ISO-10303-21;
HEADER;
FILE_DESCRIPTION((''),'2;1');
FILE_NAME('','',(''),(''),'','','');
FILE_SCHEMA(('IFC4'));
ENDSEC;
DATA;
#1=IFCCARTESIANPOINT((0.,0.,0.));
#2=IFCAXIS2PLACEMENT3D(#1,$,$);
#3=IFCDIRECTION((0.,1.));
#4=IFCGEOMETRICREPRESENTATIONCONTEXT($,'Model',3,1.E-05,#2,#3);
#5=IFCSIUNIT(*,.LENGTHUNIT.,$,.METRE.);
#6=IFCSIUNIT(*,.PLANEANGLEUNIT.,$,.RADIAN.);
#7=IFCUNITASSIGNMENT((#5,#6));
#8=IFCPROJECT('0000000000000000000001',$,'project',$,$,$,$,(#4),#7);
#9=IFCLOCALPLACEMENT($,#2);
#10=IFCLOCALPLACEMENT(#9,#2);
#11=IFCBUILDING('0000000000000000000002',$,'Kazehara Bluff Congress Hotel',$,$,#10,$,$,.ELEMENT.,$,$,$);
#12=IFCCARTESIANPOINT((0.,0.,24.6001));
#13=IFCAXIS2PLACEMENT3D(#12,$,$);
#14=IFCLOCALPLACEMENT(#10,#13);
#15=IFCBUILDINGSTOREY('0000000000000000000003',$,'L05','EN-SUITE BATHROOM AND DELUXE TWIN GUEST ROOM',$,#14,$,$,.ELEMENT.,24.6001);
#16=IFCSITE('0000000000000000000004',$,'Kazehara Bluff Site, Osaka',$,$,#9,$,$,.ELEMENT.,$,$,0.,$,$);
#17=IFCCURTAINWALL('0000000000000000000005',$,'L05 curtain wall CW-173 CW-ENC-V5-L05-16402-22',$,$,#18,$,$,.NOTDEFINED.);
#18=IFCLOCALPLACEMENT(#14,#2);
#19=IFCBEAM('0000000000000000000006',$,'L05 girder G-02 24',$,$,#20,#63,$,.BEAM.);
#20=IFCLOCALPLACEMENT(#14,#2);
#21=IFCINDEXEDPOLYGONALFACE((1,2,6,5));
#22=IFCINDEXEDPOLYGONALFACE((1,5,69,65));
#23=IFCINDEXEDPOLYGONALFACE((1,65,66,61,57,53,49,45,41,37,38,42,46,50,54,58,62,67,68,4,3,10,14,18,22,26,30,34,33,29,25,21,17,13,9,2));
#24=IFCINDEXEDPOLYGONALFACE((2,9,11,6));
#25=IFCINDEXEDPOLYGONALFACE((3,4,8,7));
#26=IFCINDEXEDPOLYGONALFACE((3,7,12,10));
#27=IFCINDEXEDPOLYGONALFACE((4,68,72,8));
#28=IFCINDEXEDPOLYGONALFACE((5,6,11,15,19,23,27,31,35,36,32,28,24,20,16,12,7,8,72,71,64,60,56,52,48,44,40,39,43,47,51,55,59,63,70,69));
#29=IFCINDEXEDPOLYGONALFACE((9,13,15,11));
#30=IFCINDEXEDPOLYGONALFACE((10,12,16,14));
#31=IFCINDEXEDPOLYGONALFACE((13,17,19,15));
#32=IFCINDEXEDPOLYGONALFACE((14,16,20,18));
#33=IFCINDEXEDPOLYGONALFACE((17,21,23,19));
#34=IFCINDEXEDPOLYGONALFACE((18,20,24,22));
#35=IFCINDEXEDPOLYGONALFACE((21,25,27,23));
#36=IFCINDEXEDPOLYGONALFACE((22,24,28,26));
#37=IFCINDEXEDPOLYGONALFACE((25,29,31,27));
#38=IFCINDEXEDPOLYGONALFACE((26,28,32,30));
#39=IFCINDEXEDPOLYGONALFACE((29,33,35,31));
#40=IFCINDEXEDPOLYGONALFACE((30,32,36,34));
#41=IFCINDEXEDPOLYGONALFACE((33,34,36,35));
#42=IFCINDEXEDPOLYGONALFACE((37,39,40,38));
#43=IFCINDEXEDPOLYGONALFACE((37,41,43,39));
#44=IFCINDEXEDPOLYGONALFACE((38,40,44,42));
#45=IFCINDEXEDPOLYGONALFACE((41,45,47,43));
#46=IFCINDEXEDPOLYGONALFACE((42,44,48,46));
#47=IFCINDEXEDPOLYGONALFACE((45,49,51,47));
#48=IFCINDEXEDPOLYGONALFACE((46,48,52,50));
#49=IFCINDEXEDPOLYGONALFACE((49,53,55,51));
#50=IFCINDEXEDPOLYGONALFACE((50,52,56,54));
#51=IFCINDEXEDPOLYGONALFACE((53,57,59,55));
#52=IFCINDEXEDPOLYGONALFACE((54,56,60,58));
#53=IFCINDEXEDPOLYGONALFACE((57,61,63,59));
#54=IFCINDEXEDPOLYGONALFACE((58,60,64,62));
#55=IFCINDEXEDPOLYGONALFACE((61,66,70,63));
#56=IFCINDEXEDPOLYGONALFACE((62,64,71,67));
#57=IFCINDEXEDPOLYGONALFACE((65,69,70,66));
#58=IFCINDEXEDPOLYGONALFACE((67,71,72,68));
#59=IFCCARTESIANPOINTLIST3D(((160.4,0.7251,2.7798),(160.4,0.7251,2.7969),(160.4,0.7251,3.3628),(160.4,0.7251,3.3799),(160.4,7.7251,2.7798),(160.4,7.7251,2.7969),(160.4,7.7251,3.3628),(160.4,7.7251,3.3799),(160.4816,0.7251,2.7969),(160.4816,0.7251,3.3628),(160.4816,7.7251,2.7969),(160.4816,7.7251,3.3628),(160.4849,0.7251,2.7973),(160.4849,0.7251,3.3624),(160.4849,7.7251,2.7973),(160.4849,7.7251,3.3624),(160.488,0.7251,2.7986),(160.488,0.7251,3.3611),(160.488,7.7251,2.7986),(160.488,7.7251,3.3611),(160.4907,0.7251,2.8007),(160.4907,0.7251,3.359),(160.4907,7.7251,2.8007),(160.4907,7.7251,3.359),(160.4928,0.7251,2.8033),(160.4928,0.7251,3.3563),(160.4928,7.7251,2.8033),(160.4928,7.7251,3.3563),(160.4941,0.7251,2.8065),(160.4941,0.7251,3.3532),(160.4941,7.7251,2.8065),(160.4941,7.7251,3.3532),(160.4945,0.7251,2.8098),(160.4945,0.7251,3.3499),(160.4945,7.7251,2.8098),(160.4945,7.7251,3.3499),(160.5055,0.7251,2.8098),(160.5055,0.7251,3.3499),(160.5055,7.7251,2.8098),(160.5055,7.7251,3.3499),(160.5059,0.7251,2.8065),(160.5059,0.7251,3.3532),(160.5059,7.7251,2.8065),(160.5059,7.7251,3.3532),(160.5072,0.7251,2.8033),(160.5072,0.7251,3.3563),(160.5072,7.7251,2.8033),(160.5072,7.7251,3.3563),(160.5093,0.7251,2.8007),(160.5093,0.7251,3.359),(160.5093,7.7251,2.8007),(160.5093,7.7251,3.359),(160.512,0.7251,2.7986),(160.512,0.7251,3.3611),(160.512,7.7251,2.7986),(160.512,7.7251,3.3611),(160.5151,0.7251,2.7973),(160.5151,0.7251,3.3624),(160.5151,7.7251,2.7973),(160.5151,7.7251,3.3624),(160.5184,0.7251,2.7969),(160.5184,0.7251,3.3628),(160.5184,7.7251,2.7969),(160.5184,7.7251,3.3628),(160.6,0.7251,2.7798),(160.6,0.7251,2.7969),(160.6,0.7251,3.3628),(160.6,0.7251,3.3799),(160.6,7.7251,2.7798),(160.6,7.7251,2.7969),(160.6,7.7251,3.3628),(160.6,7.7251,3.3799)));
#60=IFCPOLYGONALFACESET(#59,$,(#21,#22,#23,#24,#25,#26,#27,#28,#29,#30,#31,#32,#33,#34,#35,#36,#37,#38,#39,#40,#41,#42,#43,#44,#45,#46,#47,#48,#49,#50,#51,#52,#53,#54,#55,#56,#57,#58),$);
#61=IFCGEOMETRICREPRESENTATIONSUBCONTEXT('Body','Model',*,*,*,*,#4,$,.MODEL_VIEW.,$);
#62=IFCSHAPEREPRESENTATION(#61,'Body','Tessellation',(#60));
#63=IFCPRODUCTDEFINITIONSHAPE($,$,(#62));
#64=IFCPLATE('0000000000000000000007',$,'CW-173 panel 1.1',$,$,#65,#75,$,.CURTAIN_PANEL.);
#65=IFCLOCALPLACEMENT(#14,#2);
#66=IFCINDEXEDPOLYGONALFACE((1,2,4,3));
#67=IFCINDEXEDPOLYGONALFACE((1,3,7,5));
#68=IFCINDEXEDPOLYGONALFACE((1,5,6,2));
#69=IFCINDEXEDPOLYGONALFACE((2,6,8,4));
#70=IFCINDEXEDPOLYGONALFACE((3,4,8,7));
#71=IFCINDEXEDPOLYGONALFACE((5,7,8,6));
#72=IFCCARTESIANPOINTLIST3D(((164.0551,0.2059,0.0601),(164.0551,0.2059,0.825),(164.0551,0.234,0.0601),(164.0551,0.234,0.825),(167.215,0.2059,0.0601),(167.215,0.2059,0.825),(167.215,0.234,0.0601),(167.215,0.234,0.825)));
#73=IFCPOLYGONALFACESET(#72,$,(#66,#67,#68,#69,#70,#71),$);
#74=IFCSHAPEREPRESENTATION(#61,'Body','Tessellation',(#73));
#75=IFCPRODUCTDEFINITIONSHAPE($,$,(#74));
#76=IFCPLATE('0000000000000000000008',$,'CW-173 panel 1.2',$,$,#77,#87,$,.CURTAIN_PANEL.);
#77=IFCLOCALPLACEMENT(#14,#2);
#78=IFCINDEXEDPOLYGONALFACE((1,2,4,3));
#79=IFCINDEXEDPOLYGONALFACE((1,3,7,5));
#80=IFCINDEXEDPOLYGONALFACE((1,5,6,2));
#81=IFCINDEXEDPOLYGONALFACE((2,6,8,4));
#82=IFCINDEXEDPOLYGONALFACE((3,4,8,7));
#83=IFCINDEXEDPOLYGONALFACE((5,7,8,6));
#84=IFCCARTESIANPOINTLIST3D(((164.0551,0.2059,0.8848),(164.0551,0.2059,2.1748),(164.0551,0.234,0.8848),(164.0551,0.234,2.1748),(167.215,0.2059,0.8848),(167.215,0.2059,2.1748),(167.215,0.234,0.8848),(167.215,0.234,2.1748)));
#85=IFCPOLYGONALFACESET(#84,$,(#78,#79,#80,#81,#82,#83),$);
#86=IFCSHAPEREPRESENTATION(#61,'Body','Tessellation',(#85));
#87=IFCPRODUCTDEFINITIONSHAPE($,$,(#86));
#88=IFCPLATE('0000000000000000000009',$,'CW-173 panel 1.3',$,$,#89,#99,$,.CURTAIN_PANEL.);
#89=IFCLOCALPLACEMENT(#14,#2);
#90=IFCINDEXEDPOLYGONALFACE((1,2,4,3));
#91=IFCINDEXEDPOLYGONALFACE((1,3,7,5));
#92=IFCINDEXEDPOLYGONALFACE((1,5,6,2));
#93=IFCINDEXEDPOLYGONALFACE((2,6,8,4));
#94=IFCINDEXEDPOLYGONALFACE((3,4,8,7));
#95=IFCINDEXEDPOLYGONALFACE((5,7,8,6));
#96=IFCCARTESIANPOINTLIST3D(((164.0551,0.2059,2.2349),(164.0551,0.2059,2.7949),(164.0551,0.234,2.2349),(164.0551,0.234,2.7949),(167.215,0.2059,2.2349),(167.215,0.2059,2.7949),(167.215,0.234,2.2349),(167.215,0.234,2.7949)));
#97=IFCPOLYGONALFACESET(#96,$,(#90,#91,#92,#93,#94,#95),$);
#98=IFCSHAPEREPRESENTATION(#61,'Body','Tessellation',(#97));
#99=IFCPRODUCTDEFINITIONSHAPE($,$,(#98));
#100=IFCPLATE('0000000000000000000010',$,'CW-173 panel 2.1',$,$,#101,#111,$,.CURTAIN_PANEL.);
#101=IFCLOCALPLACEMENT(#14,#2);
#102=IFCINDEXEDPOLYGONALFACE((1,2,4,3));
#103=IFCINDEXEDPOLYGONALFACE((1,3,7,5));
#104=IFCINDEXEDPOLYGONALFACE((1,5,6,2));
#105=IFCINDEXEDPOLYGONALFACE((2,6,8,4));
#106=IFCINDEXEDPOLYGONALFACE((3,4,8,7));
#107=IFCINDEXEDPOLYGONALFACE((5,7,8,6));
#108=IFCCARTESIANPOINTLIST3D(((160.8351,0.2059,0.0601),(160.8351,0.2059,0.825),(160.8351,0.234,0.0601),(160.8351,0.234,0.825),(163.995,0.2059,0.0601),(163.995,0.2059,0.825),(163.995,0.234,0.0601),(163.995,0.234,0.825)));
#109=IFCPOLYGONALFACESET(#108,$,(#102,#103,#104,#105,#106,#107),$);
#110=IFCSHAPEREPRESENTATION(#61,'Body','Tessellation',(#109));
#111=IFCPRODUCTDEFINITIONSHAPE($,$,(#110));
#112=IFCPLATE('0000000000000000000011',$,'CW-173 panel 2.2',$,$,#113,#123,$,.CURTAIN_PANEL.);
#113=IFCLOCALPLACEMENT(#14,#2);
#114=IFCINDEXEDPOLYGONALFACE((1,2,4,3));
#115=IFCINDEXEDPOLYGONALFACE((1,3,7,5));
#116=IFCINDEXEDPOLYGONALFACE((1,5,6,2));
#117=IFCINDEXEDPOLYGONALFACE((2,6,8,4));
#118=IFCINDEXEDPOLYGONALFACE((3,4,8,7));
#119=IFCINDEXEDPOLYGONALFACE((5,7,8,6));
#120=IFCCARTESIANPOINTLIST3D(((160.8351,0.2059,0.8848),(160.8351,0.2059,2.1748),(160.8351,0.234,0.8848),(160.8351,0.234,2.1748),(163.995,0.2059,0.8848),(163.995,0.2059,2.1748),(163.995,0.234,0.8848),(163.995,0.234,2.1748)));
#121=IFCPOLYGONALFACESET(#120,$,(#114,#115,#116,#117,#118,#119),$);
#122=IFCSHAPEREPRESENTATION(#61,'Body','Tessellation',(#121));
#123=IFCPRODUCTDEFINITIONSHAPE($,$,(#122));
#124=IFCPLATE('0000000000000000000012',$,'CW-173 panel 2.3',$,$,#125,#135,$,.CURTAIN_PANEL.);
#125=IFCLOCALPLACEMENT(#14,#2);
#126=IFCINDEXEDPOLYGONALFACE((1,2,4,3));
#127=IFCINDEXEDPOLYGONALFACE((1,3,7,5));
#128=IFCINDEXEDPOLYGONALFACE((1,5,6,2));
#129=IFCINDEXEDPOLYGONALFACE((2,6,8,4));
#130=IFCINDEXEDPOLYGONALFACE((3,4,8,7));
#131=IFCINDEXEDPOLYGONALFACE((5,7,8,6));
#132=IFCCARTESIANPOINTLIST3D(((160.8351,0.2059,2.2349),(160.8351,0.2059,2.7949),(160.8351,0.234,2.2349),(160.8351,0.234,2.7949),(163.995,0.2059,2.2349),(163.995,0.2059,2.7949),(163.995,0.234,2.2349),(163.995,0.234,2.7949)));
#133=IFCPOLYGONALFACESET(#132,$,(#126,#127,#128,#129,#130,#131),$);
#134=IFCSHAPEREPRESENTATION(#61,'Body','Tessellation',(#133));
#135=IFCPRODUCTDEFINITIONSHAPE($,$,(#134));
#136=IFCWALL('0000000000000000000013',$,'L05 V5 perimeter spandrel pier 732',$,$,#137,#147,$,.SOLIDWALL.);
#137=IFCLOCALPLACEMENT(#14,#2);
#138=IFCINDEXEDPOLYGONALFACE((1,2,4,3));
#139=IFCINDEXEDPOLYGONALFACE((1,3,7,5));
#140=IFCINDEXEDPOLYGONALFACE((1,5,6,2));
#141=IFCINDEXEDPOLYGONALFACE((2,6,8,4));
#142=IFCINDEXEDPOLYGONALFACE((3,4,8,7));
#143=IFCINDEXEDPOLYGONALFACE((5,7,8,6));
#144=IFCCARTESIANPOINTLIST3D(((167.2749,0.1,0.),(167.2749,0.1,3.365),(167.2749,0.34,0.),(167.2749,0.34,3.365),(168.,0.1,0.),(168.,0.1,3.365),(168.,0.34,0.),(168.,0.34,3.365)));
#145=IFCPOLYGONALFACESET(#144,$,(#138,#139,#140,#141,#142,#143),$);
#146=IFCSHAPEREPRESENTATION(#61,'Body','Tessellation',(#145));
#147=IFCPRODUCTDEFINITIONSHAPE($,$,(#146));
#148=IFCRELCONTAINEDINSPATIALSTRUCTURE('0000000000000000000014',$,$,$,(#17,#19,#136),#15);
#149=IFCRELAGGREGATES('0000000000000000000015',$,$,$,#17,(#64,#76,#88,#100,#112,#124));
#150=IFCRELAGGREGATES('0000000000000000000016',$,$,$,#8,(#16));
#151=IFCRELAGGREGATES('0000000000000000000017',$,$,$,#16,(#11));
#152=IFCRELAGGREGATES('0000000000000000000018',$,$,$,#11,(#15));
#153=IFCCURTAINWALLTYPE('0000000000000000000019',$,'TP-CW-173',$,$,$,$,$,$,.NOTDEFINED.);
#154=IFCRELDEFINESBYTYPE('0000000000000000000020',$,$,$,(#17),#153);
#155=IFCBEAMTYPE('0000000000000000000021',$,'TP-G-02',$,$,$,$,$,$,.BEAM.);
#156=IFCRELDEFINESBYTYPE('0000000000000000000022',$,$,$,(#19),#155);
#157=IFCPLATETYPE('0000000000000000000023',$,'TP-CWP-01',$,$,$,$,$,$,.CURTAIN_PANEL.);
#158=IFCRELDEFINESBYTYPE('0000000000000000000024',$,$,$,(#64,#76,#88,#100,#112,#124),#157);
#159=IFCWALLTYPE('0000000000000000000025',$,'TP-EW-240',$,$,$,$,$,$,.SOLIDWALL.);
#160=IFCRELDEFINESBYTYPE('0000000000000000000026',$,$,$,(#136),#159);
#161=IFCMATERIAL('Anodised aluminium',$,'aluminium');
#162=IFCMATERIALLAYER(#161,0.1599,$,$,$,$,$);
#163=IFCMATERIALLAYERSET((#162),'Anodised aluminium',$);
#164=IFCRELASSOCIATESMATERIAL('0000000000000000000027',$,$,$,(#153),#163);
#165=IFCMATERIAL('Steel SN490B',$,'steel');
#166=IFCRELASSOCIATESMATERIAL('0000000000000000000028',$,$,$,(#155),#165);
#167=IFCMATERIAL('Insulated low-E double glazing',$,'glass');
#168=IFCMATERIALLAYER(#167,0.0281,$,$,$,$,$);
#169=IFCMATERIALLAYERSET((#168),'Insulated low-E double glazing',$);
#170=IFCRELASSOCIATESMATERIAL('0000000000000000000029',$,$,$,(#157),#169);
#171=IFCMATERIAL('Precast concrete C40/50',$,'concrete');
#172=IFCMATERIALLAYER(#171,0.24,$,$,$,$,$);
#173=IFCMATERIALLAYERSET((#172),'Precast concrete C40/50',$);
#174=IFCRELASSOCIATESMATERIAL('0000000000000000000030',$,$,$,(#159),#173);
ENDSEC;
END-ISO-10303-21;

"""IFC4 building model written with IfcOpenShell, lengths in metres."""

from ifc_helpers import new_model, si_unit, direction, frame, frame_2d, origin, origin_2d, place, context, subcontext, project, spatial, rectangle, i_section, extrude, material, layer, layer_set, material_profile, profile_set, type_object, element, aggregate, save


model = new_model("IFC4")

# Units and contexts
model_context = context("Model", 3, precision=1e-05, world=origin(), true_north=direction((0.0, 1.0)))
body_context = subcontext(model_context, "Body", "Model", "MODEL_VIEW")
ifc_project = project(units=[si_unit("LENGTHUNIT", "METRE"), si_unit("PLANEANGLEUNIT", "RADIAN")], contexts=[model_context])

# Site, building, storey
site_placement = place(None, origin())
site = spatial("IfcSite", under=ifc_project, at=site_placement, Name="Kazehara Bluff Site, Osaka", CompositionType="ELEMENT", RefElevation=0.0)
building_placement = place(site_placement, origin())
building = spatial("IfcBuilding", under=site, at=building_placement, Name="Kazehara Bluff Congress Hotel", CompositionType="ELEMENT")
storey_placement = place(building_placement, frame((0.0, 0.0, 24.6001)))
storey = spatial("IfcBuildingStorey", under=building, at=storey_placement, Name="L05", Description="EN-SUITE BATHROOM AND DELUXE TWIN GUEST ROOM", CompositionType="ELEMENT", Elevation=24.6001)

# Curtain wall
ifc_material_1 = material(Name="Anodised aluminium", Category="aluminium")
ifc_layer_1 = layer(ifc_material_1, 0.1599)
ifc_layer_set_1 = layer_set([ifc_layer_1], Name="Anodised aluminium")
curtain_wall_type_1 = type_object("IfcCurtainWallType", Name="TP-CW-173", PredefinedType="NOTDEFINED", material=ifc_layer_set_1)
curtain_wall_1_placement = place(storey_placement, origin())
curtain_wall_1 = element("IfcCurtainWall", 1, at=curtain_wall_1_placement, inside=storey, type_object=curtain_wall_type_1, Name="L05 curtain wall CW-173 CW-ENC-V5-L05-16402-22", PredefinedType="NOTDEFINED")

# Beam
ifc_material_2 = material(Name="Steel SN490B", Category="steel")
ifc_material_profile_1 = material_profile(ifc_material_2, i_section(OverallWidth=0.2, OverallDepth=0.6001, WebThickness=0.011, FlangeThickness=0.0171, FilletRadius=0.0129, at=origin_2d()))
ifc_profile_set_1 = profile_set([ifc_material_profile_1], Name="Steel SN490B")
beam_type_1 = type_object("IfcBeamType", Name="TP-G-02", PredefinedType="BEAM", material=ifc_profile_set_1)
beam_1_placement = place(storey_placement, frame((160.5, 0.7251, 3.0798), z_axis=(0.0, 1.0, 0.0), x_axis=(-1.0, 0.0, 0.0)))
element("IfcBeam", 2, at=beam_1_placement, inside=storey, type_object=beam_type_1, Name="L05 girder G-02 24", PredefinedType="BEAM", context=body_context, shape_type="SweptSolid", body=[
    extrude(i_section(OverallWidth=0.2, OverallDepth=0.6001, WebThickness=0.011, FlangeThickness=0.0171, FilletRadius=0.0129, at=origin_2d()), origin(), (0.0, 0.0, 1.0), 7.0),
])

# Plates
ifc_material_3 = material(Name="Insulated low-E double glazing", Category="glass")
ifc_layer_2 = layer(ifc_material_3, 0.0281)
ifc_layer_set_2 = layer_set([ifc_layer_2], Name="Insulated low-E double glazing")
plate_type = type_object("IfcPlateType", Name="TP-CWP-01", PredefinedType="CURTAIN_PANEL", material=ifc_layer_set_2)
plate_1_placement = place(storey_placement, frame((165.635, 0.22, 0.0601), z_axis=(0.0, 0.0, 1.0), x_axis=(-1.0, 0.0, 0.0)))
plate_1 = element("IfcPlate", 3, at=plate_1_placement, type_object=plate_type, Name="CW-173 panel 1.1", PredefinedType="CURTAIN_PANEL", context=body_context, shape_type="SweptSolid", body=[
    extrude(rectangle(XDim=3.1599, YDim=0.0281, at=origin_2d()), origin(), (0.0, 0.0, 1.0), 0.7649),
])
plate_2_placement = place(storey_placement, frame((165.635, 0.22, 0.8848), z_axis=(0.0, 0.0, 1.0), x_axis=(-1.0, 0.0, 0.0)))
plate_2 = element("IfcPlate", 4, at=plate_2_placement, type_object=plate_type, Name="CW-173 panel 1.2", PredefinedType="CURTAIN_PANEL", context=body_context, shape_type="SweptSolid", body=[
    extrude(rectangle(XDim=3.1599, YDim=0.0281, at=origin_2d()), origin(), (0.0, 0.0, 1.0), 1.29),
])
plate_3_placement = place(storey_placement, frame((165.635, 0.22, 2.2349), z_axis=(0.0, 0.0, 1.0), x_axis=(-1.0, 0.0, 0.0)))
plate_3 = element("IfcPlate", 5, at=plate_3_placement, type_object=plate_type, Name="CW-173 panel 1.3", PredefinedType="CURTAIN_PANEL", context=body_context, shape_type="SweptSolid", body=[
    extrude(rectangle(XDim=3.1599, YDim=0.0281, at=origin_2d()), origin(), (0.0, 0.0, 1.0), 0.5601),
])
plate_4_placement = place(storey_placement, frame((162.415, 0.22, 0.0601), z_axis=(0.0, 0.0, 1.0), x_axis=(-1.0, 0.0, 0.0)))
plate_4 = element("IfcPlate", 6, at=plate_4_placement, type_object=plate_type, Name="CW-173 panel 2.1", PredefinedType="CURTAIN_PANEL", context=body_context, shape_type="SweptSolid", body=[
    extrude(rectangle(XDim=3.1599, YDim=0.0281, at=origin_2d()), origin(), (0.0, 0.0, 1.0), 0.7649),
])
plate_5_placement = place(storey_placement, frame((162.415, 0.22, 0.8848), z_axis=(0.0, 0.0, 1.0), x_axis=(-1.0, 0.0, 0.0)))
plate_5 = element("IfcPlate", 7, at=plate_5_placement, type_object=plate_type, Name="CW-173 panel 2.2", PredefinedType="CURTAIN_PANEL", context=body_context, shape_type="SweptSolid", body=[
    extrude(rectangle(XDim=3.1599, YDim=0.0281, at=origin_2d()), origin(), (0.0, 0.0, 1.0), 1.29),
])
plate_6_placement = place(storey_placement, frame((162.415, 0.22, 2.2349), z_axis=(0.0, 0.0, 1.0), x_axis=(-1.0, 0.0, 0.0)))
plate_6 = element("IfcPlate", 8, at=plate_6_placement, type_object=plate_type, Name="CW-173 panel 2.3", PredefinedType="CURTAIN_PANEL", context=body_context, shape_type="SweptSolid", body=[
    extrude(rectangle(XDim=3.1599, YDim=0.0281, at=origin_2d()), origin(), (0.0, 0.0, 1.0), 0.5601),
])
aggregate(curtain_wall_1, [plate_1, plate_2, plate_3, plate_4, plate_5, plate_6])

# Wall
ifc_material_4 = material(Name="Precast concrete C40/50", Category="concrete")
ifc_layer_3 = layer(ifc_material_4, 0.24)
ifc_layer_set_3 = layer_set([ifc_layer_3], Name="Precast concrete C40/50")
wall_type = type_object("IfcWallType", Name="TP-EW-240", PredefinedType="SOLIDWALL", material=ifc_layer_set_3)
wall_placement = place(storey_placement, frame((168.0, 0.22, 0.0), z_axis=(0.0, 0.0, 1.0), x_axis=(-1.0, 0.0, 0.0)))
element("IfcWall", 9, at=wall_placement, inside=storey, type_object=wall_type, Name="L05 V5 perimeter spandrel pier 732", PredefinedType="SOLIDWALL", context=body_context, shape_type="SweptSolid", body=[
    extrude(rectangle(XDim=0.7251, YDim=0.24, at=frame_2d((0.3625, 0.0))), origin(), (0.0, 0.0, 1.0), 3.365),
])

save(model, "model.ifc")
